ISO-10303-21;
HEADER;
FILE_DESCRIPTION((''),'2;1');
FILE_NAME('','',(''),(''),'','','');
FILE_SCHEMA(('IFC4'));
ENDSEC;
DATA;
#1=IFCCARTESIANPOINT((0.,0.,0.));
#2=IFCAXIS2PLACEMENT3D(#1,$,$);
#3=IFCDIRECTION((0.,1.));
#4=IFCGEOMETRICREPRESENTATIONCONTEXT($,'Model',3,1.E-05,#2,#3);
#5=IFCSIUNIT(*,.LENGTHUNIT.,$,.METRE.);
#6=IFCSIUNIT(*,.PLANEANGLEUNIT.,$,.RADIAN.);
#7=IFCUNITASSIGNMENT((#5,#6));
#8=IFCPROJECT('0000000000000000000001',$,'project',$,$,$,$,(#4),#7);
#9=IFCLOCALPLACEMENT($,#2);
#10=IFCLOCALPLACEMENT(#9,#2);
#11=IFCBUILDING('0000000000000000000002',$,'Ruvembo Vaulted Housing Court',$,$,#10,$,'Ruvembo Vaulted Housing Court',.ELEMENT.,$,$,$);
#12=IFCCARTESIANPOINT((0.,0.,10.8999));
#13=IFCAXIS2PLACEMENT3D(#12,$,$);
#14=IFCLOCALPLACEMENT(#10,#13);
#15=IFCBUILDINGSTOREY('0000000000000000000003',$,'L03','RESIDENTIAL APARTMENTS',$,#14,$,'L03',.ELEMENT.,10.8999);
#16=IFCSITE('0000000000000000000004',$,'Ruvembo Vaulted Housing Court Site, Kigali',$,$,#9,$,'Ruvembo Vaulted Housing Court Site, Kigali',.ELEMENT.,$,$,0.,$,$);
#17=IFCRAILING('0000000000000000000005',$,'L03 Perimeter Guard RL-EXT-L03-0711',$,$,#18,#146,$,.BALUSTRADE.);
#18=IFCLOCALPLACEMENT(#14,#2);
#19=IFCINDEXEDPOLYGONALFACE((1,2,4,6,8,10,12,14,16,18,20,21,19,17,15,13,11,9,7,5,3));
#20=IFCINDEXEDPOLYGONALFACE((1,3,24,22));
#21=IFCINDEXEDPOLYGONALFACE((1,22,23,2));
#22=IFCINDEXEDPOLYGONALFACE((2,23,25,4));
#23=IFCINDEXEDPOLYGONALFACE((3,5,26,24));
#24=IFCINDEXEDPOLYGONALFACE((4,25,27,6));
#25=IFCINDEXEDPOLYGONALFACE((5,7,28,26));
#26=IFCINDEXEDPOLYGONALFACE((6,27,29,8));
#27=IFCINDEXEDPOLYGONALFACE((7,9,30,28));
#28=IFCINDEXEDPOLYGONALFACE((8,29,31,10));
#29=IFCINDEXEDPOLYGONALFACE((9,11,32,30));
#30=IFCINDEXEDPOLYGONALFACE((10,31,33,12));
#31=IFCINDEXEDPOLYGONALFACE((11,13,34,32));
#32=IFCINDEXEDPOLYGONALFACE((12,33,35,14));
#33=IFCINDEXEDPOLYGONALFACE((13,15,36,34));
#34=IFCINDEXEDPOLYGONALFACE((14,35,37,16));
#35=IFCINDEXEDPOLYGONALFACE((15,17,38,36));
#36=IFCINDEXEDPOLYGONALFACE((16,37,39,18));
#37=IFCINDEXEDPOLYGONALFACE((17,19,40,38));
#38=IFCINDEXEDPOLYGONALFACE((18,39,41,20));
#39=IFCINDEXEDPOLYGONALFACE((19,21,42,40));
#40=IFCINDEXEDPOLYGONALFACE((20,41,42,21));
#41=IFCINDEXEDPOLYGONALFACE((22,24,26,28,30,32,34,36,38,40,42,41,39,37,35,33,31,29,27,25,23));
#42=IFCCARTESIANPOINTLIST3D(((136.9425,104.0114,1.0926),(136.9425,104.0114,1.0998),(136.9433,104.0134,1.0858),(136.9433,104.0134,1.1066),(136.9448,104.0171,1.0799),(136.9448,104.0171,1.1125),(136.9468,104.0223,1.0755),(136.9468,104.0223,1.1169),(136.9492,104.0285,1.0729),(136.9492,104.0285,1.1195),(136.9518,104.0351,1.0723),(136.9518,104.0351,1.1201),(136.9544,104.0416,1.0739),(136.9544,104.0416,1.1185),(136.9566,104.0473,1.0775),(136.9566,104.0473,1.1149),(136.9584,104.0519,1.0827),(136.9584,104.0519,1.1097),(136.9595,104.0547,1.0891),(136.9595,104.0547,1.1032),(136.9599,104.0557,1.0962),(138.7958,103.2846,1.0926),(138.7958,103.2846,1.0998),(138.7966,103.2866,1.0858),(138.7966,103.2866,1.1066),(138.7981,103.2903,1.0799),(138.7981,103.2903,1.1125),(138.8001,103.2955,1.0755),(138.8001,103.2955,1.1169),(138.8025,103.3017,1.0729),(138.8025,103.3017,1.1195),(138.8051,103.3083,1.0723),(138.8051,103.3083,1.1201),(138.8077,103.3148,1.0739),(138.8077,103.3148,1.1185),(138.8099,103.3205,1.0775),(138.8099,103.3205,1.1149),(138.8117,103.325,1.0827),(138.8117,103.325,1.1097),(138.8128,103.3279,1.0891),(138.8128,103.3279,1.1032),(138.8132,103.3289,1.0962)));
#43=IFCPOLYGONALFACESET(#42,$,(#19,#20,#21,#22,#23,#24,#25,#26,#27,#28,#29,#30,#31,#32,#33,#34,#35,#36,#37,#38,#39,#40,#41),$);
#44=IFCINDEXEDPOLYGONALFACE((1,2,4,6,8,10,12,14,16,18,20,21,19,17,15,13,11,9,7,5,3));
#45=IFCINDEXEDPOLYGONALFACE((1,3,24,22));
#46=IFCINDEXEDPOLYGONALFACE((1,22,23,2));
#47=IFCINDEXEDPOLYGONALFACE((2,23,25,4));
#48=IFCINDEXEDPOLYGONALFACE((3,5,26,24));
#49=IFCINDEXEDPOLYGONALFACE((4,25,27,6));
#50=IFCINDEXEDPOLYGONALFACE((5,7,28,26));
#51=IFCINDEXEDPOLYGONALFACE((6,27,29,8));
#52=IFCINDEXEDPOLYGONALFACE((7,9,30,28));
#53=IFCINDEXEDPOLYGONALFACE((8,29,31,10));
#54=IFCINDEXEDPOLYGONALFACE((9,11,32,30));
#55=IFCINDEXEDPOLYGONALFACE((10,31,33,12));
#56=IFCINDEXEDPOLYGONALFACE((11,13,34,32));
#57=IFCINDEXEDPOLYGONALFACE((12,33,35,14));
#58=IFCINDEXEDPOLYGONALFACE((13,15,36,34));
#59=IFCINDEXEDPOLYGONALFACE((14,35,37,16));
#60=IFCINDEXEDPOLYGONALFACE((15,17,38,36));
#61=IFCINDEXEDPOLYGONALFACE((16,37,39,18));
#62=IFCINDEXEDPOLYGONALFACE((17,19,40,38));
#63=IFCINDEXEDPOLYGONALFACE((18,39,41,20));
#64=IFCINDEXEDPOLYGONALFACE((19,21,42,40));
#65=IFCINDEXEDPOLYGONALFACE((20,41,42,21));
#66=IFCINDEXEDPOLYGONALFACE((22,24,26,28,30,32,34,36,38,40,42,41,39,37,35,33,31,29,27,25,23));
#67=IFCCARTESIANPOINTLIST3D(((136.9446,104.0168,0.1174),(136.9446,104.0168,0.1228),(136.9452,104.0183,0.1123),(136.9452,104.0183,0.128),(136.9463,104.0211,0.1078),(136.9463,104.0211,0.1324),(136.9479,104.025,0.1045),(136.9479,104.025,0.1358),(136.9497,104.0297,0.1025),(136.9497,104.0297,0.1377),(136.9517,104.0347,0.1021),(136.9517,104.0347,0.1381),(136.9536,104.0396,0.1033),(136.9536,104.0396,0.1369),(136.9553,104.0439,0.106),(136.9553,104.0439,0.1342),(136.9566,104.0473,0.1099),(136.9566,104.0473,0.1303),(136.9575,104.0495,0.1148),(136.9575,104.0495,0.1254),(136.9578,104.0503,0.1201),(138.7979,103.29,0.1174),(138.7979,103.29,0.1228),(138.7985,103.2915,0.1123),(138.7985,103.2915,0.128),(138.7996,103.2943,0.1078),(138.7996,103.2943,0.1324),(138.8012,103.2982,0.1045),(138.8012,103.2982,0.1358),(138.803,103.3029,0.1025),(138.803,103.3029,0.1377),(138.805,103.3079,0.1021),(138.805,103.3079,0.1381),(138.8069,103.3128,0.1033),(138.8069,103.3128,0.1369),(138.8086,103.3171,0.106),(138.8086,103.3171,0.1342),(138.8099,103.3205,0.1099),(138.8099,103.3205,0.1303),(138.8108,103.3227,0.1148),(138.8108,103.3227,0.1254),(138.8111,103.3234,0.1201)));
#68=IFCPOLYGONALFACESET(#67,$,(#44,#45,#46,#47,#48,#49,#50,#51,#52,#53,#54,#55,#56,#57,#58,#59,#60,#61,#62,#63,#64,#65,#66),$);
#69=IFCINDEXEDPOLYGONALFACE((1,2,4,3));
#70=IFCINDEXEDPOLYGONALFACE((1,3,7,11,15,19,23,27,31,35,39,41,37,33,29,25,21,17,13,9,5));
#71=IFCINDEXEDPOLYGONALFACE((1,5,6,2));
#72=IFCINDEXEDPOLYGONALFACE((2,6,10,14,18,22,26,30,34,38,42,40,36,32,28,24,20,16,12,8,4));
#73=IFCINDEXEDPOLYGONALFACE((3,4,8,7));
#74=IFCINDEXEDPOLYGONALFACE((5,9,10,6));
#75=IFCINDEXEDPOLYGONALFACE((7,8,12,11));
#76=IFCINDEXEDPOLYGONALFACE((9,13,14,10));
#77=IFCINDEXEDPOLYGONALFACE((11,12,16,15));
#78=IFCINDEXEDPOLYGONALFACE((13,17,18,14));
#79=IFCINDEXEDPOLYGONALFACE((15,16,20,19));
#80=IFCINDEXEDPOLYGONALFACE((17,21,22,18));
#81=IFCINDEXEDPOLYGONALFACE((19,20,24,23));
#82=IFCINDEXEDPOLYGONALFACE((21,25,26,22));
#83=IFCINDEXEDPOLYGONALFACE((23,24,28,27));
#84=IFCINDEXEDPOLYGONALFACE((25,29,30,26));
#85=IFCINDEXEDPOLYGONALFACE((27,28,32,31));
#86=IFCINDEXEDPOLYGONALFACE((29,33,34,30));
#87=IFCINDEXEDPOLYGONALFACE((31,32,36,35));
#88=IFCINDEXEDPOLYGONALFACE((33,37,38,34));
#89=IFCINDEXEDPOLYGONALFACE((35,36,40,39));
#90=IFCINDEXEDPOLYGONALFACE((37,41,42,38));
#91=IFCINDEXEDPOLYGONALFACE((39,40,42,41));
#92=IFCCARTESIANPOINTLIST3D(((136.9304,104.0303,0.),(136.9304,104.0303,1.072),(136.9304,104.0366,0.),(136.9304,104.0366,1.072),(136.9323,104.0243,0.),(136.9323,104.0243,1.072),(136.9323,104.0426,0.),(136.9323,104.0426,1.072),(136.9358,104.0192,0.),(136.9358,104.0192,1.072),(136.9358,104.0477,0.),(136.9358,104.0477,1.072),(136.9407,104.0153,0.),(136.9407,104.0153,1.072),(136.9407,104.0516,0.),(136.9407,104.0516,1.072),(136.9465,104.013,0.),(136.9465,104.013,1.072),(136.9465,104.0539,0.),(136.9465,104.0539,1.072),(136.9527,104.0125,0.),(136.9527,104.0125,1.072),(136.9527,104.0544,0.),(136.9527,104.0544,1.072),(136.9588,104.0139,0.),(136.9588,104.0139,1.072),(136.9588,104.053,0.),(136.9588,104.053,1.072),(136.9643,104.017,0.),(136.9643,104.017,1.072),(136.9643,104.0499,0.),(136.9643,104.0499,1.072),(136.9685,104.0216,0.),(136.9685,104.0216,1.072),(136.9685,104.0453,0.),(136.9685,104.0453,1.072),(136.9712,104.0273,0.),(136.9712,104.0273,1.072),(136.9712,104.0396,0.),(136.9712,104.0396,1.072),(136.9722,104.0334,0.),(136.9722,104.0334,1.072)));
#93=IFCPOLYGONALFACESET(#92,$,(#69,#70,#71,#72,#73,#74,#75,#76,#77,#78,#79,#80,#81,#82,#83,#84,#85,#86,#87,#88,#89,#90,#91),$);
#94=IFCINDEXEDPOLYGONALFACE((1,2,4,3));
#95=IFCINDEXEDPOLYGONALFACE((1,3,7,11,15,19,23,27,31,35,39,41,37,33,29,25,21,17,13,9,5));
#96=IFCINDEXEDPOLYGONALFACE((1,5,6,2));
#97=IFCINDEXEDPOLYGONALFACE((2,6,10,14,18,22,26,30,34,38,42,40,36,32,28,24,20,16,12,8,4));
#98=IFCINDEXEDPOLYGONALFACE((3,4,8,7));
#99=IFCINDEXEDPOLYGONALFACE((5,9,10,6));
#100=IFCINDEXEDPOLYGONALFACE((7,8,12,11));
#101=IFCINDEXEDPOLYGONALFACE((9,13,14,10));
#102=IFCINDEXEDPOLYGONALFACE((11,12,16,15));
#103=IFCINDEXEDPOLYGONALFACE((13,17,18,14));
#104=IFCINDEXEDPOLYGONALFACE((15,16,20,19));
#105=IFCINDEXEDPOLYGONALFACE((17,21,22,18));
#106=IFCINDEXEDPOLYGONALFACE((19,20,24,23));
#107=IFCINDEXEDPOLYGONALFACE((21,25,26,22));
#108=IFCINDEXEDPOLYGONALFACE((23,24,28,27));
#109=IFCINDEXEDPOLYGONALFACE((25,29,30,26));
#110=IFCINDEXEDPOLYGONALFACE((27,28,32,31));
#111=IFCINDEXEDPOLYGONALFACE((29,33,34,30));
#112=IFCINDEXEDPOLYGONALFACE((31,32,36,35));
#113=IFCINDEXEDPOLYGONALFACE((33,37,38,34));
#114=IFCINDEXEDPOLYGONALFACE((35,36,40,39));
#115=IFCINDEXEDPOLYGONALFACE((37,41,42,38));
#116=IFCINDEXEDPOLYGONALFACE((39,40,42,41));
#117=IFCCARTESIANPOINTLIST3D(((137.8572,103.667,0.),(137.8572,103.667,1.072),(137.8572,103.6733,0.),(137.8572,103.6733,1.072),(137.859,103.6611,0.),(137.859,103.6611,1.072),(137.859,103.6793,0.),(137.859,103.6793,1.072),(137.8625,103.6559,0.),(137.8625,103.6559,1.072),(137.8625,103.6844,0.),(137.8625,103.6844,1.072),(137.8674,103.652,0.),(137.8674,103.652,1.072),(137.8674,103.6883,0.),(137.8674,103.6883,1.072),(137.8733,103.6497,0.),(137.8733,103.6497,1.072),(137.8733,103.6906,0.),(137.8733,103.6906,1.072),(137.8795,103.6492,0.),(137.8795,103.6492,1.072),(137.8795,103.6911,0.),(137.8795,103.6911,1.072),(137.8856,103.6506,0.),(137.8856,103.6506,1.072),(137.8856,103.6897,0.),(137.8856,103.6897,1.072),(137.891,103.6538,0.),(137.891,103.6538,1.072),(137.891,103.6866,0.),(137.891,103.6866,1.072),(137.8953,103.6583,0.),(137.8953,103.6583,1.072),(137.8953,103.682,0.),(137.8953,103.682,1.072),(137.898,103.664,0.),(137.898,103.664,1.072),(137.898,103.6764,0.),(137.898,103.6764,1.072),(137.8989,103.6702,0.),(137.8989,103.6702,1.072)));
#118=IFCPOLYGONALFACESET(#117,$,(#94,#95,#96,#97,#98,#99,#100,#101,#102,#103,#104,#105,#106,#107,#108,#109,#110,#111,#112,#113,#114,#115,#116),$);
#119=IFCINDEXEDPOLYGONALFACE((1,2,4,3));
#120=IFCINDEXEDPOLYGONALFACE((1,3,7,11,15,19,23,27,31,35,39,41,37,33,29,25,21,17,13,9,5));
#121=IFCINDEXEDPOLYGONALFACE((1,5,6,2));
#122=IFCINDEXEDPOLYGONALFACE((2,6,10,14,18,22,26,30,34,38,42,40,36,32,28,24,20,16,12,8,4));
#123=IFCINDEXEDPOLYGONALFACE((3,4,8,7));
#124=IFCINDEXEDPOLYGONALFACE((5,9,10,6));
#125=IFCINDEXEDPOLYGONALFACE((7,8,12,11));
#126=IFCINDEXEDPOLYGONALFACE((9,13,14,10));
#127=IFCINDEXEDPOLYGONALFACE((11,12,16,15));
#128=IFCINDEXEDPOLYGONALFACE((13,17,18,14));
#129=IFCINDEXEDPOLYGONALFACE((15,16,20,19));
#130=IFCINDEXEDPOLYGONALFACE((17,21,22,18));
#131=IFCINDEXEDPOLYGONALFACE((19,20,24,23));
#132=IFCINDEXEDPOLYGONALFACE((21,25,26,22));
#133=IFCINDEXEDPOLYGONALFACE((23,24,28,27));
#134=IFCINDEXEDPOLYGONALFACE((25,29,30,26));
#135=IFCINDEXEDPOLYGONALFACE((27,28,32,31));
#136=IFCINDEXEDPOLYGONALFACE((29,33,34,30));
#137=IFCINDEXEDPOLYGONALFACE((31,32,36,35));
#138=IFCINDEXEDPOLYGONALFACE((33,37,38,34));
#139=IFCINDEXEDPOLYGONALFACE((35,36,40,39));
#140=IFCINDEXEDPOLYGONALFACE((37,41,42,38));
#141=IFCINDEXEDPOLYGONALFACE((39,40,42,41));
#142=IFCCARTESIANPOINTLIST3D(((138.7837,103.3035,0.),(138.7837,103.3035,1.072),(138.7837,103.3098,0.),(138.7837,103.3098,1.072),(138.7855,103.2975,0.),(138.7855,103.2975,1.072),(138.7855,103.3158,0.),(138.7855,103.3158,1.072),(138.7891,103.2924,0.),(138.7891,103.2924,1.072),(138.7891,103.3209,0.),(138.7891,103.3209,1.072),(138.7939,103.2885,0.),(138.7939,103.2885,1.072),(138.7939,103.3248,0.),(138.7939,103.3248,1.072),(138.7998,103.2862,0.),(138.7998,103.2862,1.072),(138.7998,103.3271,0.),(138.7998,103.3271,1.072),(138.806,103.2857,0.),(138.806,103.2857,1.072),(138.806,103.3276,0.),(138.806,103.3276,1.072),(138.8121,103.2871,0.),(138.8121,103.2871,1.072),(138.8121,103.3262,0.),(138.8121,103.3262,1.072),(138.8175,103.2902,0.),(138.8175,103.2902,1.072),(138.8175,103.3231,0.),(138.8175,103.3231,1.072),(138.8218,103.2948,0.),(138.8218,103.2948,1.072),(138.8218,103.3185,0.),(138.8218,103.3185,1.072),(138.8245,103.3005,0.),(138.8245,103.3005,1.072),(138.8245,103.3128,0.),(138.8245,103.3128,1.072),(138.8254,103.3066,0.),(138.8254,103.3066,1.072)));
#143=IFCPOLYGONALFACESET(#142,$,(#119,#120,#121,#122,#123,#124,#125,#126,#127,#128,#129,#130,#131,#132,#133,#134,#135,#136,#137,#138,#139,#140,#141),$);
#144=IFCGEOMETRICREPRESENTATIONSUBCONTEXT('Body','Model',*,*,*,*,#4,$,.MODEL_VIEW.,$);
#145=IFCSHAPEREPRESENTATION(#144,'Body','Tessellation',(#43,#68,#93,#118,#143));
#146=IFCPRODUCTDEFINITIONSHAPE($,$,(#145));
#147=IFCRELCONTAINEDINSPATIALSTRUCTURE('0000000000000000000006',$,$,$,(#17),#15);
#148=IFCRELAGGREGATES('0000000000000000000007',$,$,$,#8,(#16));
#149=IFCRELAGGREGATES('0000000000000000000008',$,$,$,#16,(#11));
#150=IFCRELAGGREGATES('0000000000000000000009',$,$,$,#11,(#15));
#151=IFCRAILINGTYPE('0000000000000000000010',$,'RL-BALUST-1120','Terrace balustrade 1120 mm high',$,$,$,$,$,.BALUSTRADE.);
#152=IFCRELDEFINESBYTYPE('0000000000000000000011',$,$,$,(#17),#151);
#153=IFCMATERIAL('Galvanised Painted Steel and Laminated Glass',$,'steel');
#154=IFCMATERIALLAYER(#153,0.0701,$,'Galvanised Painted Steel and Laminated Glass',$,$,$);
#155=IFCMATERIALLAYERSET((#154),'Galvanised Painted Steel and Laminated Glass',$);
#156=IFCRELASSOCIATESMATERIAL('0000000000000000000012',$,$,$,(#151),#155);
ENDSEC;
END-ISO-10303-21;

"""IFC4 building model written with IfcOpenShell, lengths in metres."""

from ifc_helpers import new_model, si_unit, direction, frame, origin, origin_2d, place, context, subcontext, project, spatial, circle, extrude, material, layer, layer_set, type_object, element, save


model = new_model("IFC4")

# Units and contexts
model_context = context("Model", 3, precision=1e-05, world=origin(), true_north=direction((0.0, 1.0)))
body_context = subcontext(model_context, "Body", "Model", "MODEL_VIEW")
ifc_project = project(units=[si_unit("LENGTHUNIT", "METRE"), si_unit("PLANEANGLEUNIT", "RADIAN")], contexts=[model_context])

# Site, building, storey
site_placement = place(None, origin())
site = spatial("IfcSite", under=ifc_project, at=site_placement, Name="Ruvembo Vaulted Housing Court Site, Kigali", LongName="Ruvembo Vaulted Housing Court Site, Kigali", CompositionType="ELEMENT", RefElevation=0.0)
building_placement = place(site_placement, origin())
building = spatial("IfcBuilding", under=site, at=building_placement, Name="Ruvembo Vaulted Housing Court", LongName="Ruvembo Vaulted Housing Court", CompositionType="ELEMENT")
storey_placement = place(building_placement, frame((0.0, 0.0, 10.8999)))
storey = spatial("IfcBuildingStorey", under=building, at=storey_placement, Name="L03", Description="RESIDENTIAL APARTMENTS", LongName="L03", CompositionType="ELEMENT", Elevation=10.8999)

# Railing
ifc_material_1 = material(Name="Galvanised Painted Steel and Laminated Glass", Category="steel")
ifc_layer_1 = layer(ifc_material_1, 0.0701, Name="Galvanised Painted Steel and Laminated Glass")
ifc_layer_set_1 = layer_set([ifc_layer_1], Name="Galvanised Painted Steel and Laminated Glass")
railing_type_1 = type_object("IfcRailingType", Name="RL-BALUST-1120", Description="Terrace balustrade 1120 mm high", PredefinedType="BALUSTRADE", material=ifc_layer_set_1)
railing_1_placement = place(storey_placement, frame((136.9512, 104.0334, 0.0)))
element("IfcRailing", 1, at=railing_1_placement, inside=storey, type_object=railing_type_1, Name="L03 Perimeter Guard RL-EXT-L03-0711", PredefinedType="BALUSTRADE", context=body_context, shape_type="SweptSolid", body=[
    extrude(circle(Radius=0.0239, at=origin_2d()), frame((0.0, 0.0, 1.0962), z_axis=(0.930967, -0.365102, 0.0), x_axis=(0.365102, 0.930967, 0.0)), (0.0, 0.0, 1.0), 1.9907),
    extrude(circle(Radius=0.0181, at=origin_2d()), frame((0.0, 0.0, 0.1201), z_axis=(0.930967, -0.365102, 0.0), x_axis=(0.365102, 0.930967, 0.0)), (0.0, 0.0, 1.0), 1.9907),
    extrude(circle(Radius=0.021, at=origin_2d()), origin(), (0.0, 0.0, 1.0), 1.072),
    extrude(circle(Radius=0.021, at=origin_2d()), frame((0.9268, -0.3633, 0.0)), (0.0, 0.0, 1.0), 1.072),
    extrude(circle(Radius=0.021, at=origin_2d()), frame((1.8533, -0.7268, 0.0)), (0.0, 0.0, 1.0), 1.072),
])

save(model, "model.ifc")
